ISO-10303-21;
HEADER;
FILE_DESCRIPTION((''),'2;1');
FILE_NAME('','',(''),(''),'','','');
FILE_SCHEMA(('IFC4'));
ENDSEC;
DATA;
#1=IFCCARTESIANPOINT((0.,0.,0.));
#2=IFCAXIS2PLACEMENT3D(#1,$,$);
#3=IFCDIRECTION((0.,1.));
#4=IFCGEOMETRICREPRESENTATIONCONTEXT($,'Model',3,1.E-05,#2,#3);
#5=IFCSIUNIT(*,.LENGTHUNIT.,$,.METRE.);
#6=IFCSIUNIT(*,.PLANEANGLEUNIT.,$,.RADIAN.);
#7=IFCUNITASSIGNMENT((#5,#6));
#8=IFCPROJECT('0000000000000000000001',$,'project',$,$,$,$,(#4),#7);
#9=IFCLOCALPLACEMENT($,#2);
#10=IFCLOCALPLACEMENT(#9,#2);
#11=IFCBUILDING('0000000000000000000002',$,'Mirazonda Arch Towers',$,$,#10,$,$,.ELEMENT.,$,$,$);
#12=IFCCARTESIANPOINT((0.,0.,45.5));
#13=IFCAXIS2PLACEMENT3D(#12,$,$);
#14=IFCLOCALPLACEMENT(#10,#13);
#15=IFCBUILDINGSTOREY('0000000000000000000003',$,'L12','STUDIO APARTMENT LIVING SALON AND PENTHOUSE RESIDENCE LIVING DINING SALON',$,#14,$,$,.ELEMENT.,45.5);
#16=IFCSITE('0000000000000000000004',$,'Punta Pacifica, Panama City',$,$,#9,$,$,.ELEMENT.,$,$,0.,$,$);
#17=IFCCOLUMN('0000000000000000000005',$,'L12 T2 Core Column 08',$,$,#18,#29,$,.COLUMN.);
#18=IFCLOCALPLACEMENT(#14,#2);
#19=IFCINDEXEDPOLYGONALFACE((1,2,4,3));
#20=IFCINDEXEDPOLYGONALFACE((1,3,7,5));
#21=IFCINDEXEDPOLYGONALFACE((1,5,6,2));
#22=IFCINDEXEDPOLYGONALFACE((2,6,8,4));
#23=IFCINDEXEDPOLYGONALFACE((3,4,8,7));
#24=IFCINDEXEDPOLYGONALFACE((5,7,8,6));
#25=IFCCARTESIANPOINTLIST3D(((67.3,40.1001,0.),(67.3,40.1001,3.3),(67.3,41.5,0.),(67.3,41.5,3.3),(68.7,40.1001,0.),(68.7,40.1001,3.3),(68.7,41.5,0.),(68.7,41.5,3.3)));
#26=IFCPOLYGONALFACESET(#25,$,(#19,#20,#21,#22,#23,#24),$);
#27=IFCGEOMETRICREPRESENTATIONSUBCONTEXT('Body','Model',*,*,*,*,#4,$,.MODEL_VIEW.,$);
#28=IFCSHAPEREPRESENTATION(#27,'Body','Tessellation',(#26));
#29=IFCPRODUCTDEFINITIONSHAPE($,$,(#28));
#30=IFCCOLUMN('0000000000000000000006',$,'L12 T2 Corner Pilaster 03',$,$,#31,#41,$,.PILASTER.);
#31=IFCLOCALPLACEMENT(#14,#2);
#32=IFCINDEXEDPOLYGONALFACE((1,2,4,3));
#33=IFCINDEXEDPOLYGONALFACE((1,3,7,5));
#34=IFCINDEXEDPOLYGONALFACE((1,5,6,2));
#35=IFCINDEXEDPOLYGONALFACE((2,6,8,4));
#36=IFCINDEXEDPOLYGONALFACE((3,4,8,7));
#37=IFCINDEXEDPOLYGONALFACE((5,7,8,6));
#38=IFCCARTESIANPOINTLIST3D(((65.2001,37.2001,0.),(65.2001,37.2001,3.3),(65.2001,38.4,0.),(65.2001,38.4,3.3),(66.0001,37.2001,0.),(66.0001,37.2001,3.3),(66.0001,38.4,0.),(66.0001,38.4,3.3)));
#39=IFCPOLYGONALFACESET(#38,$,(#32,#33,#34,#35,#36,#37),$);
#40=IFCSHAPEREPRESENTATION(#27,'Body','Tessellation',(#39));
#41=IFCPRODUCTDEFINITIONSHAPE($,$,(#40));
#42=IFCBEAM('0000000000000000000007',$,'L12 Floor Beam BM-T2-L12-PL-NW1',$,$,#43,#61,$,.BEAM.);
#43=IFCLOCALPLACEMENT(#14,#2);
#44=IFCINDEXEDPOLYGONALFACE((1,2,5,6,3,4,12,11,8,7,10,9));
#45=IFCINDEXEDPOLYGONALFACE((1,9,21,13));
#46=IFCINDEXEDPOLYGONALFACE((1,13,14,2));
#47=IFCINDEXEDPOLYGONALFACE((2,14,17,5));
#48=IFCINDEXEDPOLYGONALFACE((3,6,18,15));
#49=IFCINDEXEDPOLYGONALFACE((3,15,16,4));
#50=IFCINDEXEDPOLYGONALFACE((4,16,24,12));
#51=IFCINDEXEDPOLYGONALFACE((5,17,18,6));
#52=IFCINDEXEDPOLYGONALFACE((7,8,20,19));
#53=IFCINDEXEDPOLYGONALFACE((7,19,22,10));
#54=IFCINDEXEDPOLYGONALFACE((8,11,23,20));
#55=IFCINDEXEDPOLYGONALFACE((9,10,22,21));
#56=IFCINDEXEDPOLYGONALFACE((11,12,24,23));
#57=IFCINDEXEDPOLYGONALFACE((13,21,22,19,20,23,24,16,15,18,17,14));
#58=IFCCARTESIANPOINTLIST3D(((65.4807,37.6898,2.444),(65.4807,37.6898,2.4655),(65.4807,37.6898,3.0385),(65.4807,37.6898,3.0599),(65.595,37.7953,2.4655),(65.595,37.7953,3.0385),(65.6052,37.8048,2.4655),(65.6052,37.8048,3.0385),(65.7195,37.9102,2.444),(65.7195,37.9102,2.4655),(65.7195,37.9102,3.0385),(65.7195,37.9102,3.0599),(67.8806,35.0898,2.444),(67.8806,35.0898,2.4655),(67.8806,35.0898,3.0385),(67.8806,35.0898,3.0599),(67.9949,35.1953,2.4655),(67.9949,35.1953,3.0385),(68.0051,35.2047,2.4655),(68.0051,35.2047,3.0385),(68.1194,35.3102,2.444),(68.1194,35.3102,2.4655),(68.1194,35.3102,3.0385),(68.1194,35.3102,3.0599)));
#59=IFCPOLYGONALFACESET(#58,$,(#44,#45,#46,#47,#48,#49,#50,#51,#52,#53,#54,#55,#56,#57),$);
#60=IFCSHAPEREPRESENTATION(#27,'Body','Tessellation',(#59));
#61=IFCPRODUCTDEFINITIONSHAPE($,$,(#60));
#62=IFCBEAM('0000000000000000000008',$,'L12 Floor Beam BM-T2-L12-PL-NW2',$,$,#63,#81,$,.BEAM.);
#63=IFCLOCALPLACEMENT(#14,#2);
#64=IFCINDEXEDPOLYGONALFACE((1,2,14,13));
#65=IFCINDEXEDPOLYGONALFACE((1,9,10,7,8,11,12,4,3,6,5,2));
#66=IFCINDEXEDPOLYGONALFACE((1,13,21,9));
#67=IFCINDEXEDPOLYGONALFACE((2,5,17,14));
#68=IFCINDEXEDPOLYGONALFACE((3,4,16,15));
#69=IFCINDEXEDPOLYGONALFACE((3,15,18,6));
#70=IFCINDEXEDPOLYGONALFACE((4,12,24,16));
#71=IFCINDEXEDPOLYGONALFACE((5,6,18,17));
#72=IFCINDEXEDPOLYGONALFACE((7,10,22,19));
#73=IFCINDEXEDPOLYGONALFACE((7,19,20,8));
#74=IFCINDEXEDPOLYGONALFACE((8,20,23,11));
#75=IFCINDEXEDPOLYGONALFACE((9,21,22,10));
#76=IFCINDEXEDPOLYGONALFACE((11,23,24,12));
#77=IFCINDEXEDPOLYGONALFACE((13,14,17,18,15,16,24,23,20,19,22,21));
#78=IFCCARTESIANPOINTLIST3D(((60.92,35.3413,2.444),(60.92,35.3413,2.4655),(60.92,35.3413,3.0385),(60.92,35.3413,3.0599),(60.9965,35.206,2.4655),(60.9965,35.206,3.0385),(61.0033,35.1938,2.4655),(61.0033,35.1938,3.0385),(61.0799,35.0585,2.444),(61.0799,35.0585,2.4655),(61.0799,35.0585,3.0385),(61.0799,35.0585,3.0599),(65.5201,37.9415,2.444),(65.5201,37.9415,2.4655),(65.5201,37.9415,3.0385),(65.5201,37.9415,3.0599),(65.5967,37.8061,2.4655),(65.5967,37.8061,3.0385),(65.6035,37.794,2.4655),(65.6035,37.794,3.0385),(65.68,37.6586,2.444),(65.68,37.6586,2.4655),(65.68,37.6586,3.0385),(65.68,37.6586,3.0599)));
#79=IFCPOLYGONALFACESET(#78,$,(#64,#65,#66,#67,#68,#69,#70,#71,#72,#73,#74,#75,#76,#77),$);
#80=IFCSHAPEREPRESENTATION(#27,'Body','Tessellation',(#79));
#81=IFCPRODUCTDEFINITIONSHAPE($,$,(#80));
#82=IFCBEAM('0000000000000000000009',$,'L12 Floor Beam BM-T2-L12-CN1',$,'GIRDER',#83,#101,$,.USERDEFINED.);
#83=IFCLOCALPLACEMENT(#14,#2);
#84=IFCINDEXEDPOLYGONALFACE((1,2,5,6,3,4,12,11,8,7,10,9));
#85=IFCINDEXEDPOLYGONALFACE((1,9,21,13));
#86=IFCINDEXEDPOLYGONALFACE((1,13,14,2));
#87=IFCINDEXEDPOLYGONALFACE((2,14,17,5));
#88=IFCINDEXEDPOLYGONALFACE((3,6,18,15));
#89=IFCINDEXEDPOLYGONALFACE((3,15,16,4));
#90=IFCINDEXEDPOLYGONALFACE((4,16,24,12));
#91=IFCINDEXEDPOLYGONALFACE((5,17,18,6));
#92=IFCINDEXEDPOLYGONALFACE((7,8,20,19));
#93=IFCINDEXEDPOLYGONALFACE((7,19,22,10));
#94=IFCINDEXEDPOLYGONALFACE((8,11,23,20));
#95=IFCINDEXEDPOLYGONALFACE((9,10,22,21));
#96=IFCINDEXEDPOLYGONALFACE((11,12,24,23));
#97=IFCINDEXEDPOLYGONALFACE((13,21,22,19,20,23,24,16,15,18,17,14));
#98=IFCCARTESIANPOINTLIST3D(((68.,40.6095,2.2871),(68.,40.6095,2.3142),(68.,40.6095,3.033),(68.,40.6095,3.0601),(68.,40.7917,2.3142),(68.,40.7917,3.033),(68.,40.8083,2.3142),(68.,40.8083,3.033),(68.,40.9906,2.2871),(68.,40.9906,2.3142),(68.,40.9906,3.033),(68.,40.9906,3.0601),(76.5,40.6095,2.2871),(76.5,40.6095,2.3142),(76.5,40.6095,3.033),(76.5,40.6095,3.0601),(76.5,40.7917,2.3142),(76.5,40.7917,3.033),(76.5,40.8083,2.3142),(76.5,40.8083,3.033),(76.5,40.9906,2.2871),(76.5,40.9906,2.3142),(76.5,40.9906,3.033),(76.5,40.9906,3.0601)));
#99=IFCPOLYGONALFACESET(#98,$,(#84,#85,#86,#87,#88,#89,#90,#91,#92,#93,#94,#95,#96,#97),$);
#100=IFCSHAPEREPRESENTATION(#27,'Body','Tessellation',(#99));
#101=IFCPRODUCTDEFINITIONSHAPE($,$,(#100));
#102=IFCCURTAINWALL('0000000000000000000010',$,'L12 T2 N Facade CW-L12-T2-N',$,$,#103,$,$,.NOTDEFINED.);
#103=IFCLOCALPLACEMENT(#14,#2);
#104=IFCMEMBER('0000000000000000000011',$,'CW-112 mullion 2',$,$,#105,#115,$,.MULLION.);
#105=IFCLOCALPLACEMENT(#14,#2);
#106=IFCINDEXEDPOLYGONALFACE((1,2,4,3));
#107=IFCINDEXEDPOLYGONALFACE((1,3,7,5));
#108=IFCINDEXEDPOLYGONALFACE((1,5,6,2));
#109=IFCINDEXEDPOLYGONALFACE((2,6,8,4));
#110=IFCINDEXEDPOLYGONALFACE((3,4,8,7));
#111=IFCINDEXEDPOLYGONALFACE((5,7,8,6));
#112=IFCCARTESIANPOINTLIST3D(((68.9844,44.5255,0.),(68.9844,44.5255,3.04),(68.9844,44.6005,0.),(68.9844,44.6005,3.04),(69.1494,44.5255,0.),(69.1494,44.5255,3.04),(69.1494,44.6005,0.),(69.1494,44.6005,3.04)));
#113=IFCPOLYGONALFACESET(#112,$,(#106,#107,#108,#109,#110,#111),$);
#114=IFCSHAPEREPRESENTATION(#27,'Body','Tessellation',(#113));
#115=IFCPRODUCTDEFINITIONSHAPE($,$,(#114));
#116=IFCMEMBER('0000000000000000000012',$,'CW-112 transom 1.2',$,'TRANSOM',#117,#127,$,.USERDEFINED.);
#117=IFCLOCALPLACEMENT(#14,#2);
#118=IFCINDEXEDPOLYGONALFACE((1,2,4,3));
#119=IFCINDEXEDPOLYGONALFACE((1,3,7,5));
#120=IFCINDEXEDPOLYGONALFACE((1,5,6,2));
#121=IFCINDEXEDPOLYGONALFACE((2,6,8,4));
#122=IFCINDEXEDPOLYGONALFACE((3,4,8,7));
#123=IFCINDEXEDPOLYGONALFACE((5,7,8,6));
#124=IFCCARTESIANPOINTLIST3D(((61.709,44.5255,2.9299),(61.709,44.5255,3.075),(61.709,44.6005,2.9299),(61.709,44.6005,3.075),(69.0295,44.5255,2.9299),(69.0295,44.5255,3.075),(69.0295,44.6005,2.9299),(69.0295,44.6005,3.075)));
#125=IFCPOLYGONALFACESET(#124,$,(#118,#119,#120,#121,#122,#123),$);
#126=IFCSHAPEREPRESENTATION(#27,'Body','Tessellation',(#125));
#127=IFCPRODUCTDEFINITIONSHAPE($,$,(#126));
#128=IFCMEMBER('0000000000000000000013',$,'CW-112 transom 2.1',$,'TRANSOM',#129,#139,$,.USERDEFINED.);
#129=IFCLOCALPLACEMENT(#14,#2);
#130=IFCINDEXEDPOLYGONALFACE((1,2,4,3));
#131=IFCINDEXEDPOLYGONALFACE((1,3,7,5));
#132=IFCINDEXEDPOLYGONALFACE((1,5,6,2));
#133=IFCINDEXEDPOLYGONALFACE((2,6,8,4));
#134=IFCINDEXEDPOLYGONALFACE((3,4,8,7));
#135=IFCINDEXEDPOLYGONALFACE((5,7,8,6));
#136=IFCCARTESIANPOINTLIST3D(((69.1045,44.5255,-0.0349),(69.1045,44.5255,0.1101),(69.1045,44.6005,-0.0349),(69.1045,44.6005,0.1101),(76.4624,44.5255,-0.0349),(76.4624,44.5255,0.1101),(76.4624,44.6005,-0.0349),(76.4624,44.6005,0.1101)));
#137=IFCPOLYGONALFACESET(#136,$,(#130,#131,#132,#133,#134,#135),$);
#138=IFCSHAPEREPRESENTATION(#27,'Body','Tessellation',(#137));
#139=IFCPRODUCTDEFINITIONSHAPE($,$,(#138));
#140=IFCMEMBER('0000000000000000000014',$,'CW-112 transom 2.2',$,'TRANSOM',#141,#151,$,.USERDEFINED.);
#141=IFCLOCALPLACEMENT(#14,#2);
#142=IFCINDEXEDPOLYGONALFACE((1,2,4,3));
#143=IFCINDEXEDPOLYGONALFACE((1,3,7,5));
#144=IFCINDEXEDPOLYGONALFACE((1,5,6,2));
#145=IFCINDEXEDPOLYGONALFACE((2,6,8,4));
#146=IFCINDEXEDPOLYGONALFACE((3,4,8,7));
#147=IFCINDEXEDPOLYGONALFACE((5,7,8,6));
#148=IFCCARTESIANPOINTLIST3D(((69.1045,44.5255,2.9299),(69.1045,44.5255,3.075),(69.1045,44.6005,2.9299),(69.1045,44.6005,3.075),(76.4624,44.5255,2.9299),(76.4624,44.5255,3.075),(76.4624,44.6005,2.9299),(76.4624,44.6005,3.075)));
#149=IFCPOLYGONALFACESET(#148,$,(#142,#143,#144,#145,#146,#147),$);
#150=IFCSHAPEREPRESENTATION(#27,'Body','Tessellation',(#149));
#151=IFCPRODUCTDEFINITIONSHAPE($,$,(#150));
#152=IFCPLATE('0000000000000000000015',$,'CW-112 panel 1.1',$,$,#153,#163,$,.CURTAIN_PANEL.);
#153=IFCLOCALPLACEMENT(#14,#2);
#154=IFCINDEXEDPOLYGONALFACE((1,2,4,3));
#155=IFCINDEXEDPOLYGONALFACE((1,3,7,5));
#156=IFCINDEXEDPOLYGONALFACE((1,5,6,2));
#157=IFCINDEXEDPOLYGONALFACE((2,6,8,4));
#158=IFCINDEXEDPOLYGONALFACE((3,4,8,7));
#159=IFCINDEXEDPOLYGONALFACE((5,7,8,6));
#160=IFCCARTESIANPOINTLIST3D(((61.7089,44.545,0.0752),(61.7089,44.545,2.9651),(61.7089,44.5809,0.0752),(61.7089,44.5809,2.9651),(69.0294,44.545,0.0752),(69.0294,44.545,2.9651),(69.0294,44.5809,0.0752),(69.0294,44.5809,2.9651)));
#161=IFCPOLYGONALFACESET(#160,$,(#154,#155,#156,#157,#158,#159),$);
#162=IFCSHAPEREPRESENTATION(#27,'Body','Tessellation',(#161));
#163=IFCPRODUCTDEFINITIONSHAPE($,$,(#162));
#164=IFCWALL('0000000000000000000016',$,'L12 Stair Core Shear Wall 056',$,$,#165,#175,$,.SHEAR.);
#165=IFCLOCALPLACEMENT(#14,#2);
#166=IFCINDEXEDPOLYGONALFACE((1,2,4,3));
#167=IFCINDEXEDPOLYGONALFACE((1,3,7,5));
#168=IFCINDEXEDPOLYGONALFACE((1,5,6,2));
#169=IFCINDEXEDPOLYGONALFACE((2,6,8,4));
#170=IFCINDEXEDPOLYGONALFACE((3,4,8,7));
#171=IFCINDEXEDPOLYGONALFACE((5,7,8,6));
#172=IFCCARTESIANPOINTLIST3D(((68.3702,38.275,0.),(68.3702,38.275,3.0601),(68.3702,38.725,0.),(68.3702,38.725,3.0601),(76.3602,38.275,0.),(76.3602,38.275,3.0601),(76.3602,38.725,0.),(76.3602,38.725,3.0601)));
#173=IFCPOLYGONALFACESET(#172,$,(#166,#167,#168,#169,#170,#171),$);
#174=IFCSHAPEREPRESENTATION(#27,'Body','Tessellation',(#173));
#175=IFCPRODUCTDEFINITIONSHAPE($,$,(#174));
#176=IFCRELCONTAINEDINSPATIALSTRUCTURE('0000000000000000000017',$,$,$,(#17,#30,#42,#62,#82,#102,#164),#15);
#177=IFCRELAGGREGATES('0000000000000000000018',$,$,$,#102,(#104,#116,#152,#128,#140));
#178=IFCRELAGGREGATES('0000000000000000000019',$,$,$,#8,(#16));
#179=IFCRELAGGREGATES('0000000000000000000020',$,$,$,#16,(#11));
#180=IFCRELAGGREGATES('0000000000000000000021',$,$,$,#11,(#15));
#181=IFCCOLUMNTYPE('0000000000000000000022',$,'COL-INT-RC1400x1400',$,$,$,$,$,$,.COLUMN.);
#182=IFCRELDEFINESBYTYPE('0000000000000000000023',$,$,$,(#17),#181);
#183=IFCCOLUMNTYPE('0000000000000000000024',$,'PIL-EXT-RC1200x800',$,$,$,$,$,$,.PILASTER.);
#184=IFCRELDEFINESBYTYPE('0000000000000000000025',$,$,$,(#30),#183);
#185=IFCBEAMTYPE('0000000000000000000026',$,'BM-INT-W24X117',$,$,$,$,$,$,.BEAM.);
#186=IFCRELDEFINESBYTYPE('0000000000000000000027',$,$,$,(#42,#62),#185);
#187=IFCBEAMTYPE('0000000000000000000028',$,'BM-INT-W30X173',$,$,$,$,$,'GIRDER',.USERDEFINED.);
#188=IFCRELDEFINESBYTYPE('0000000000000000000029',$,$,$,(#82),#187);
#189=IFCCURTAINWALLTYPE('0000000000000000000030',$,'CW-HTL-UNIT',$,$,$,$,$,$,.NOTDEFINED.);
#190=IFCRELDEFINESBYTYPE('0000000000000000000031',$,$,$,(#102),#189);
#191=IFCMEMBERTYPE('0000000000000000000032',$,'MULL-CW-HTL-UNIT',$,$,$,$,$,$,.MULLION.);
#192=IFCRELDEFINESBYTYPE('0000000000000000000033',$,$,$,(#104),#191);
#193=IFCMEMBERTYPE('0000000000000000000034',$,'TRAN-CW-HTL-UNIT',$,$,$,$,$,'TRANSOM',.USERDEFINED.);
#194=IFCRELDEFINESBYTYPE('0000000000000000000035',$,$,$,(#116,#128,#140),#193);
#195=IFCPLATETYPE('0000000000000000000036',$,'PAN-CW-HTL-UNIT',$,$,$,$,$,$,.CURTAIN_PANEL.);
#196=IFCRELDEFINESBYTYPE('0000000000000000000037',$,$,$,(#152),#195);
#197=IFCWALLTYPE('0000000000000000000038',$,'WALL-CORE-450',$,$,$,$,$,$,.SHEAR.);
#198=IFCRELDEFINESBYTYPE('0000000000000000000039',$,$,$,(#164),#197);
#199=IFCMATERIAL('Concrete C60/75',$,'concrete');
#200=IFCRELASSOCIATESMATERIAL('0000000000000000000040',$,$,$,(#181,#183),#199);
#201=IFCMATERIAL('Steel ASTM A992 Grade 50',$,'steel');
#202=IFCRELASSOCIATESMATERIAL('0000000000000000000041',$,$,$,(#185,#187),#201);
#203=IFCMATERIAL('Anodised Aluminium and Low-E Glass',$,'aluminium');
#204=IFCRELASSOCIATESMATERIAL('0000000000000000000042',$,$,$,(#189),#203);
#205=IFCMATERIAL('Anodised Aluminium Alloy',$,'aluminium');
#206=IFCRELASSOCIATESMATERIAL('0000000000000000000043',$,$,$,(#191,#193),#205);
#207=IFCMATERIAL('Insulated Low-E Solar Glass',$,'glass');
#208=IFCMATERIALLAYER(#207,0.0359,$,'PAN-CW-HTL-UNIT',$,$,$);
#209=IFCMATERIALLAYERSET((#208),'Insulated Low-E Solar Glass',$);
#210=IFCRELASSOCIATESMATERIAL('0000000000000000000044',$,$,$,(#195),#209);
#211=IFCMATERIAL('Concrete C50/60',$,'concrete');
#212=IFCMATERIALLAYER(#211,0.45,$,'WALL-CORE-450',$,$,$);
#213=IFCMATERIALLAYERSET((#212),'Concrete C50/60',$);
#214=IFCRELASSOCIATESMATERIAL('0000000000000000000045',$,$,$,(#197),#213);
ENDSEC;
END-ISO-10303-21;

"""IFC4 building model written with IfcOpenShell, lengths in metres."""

from ifc_helpers import new_model, si_unit, direction, frame, frame_2d, origin, origin_2d, place, context, subcontext, project, spatial, rectangle, i_section, extrude, material, layer, layer_set, material_profile, profile_set, type_object, element, aggregate, save


model = new_model("IFC4")

# Units and contexts
model_context = context("Model", 3, precision=1e-05, world=origin(), true_north=direction((0.0, 1.0)))
body_context = subcontext(model_context, "Body", "Model", "MODEL_VIEW")
ifc_project = project(units=[si_unit("LENGTHUNIT", "METRE"), si_unit("PLANEANGLEUNIT", "RADIAN")], contexts=[model_context])

# Site, building, storey
site_placement = place(None, origin())
site = spatial("IfcSite", under=ifc_project, at=site_placement, Name="Punta Pacifica, Panama City", CompositionType="ELEMENT", RefElevation=0.0)
building_placement = place(site_placement, origin())
building = spatial("IfcBuilding", under=site, at=building_placement, Name="Mirazonda Arch Towers", CompositionType="ELEMENT")
storey_placement = place(building_placement, frame((0.0, 0.0, 45.5)))
storey = spatial("IfcBuildingStorey", under=building, at=storey_placement, Name="L12", Description="STUDIO APARTMENT LIVING SALON AND PENTHOUSE RESIDENCE LIVING DINING SALON", CompositionType="ELEMENT", Elevation=45.5)

# Columns
ifc_material_1 = material(Name="Concrete C60/75", Category="concrete")
ifc_material_profile_1 = material_profile(ifc_material_1, rectangle(XDim=1.3999, YDim=1.3999, at=origin_2d()), Name="RC1400x1400")
ifc_profile_set_1 = profile_set([ifc_material_profile_1], Name="Concrete C60/75")
column_type_1 = type_object("IfcColumnType", Name="COL-INT-RC1400x1400", PredefinedType="COLUMN", material=ifc_profile_set_1)
column_1_placement = place(storey_placement, frame((68.0, 40.8, 0.0), z_axis=(0.0, 0.0, 1.0), x_axis=(1.0, 0.0, 0.0)))
element("IfcColumn", 1, at=column_1_placement, inside=storey, type_object=column_type_1, Name="L12 T2 Core Column 08", PredefinedType="COLUMN", context=body_context, shape_type="SweptSolid", body=[
    extrude(rectangle(XDim=1.3999, YDim=1.3999, at=origin_2d()), origin(), (0.0, 0.0, 1.0), 3.3),
])
ifc_material_profile_2 = material_profile(ifc_material_1, rectangle(XDim=0.8, YDim=1.2, at=origin_2d()), Name="RC1200x800")
ifc_profile_set_2 = profile_set([ifc_material_profile_2], Name="Concrete C60/75")
column_type_2 = type_object("IfcColumnType", Name="PIL-EXT-RC1200x800", PredefinedType="PILASTER", material=ifc_profile_set_2)
column_2_placement = place(storey_placement, frame((65.6001, 37.8, 0.0), z_axis=(0.0, 0.0, 1.0), x_axis=(1.0, 0.0, 0.0)))
element("IfcColumn", 2, at=column_2_placement, inside=storey, type_object=column_type_2, Name="L12 T2 Corner Pilaster 03", PredefinedType="PILASTER", context=body_context, shape_type="SweptSolid", body=[
    extrude(rectangle(XDim=0.8, YDim=1.2, at=origin_2d()), origin(), (0.0, 0.0, 1.0), 3.3),
])

# Beams
ifc_material_2 = material(Name="Steel ASTM A992 Grade 50", Category="steel")
ifc_material_profile_3 = material_profile(ifc_material_2, i_section(OverallWidth=0.325, OverallDepth=0.616, WebThickness=0.0139, FlangeThickness=0.0215, at=origin_2d()), Name="W24X117")
ifc_profile_set_3 = profile_set([ifc_material_profile_3], Name="Steel ASTM A992 Grade 50")
beam_type_1 = type_object("IfcBeamType", Name="BM-INT-W24X117", PredefinedType="BEAM", material=ifc_profile_set_3)
beam_1_placement = place(storey_placement, frame((65.6001, 37.8, 2.752), z_axis=(0.678251, -0.73483, 0.0), x_axis=(0.73483, 0.678251, 0.0)))
element("IfcBeam", 3, at=beam_1_placement, inside=storey, type_object=beam_type_1, Name="L12 Floor Beam BM-T2-L12-PL-NW1", PredefinedType="BEAM", context=body_context, shape_type="SweptSolid", body=[
    extrude(i_section(OverallWidth=0.325, OverallDepth=0.616, WebThickness=0.0139, FlangeThickness=0.0215, at=origin_2d()), origin(), (0.0, 0.0, 1.0), 3.5383),
])
beam_2_placement = place(storey_placement, frame((65.6001, 37.8, 2.752), z_axis=(-0.870559, -0.492063, 0.0), x_axis=(0.492063, -0.870559, 0.0)))
element("IfcBeam", 4, at=beam_2_placement, inside=storey, type_object=beam_type_1, Name="L12 Floor Beam BM-T2-L12-PL-NW2", PredefinedType="BEAM", context=body_context, shape_type="SweptSolid", body=[
    extrude(i_section(OverallWidth=0.325, OverallDepth=0.616, WebThickness=0.0139, FlangeThickness=0.0215, at=origin_2d()), origin(), (0.0, 0.0, 1.0), 5.2842),
])
ifc_material_profile_4 = material_profile(ifc_material_2, i_section(OverallWidth=0.3811, OverallDepth=0.7729, WebThickness=0.0166, FlangeThickness=0.0271, at=origin_2d()), Name="W30X173")
ifc_profile_set_4 = profile_set([ifc_material_profile_4], Name="Steel ASTM A992 Grade 50")
beam_type_2 = type_object("IfcBeamType", Name="BM-INT-W30X173", ElementType="GIRDER", PredefinedType="USERDEFINED", material=ifc_profile_set_4)
beam_3_placement = place(storey_placement, frame((68.0, 40.8, 2.6736), z_axis=(1.0, 0.0, 0.0), x_axis=(0.0, 1.0, 0.0)))
element("IfcBeam", 5, at=beam_3_placement, inside=storey, type_object=beam_type_2, Name="L12 Floor Beam BM-T2-L12-CN1", ObjectType="GIRDER", PredefinedType="USERDEFINED", context=body_context, shape_type="SweptSolid", body=[
    extrude(i_section(OverallWidth=0.3811, OverallDepth=0.7729, WebThickness=0.0166, FlangeThickness=0.0271, at=origin_2d()), origin(), (0.0, 0.0, 1.0), 8.5),
])

# Curtain wall, members, plate
ifc_material_3 = material(Name="Anodised Aluminium and Low-E Glass", Category="aluminium")
curtain_wall_type = type_object("IfcCurtainWallType", Name="CW-HTL-UNIT", PredefinedType="NOTDEFINED", material=ifc_material_3)
curtain_wall_placement = place(storey_placement, origin())
curtain_wall = element("IfcCurtainWall", 6, at=curtain_wall_placement, inside=storey, type_object=curtain_wall_type, Name="L12 T2 N Facade CW-L12-T2-N", PredefinedType="NOTDEFINED")
ifc_material_4 = material(Name="Anodised Aluminium Alloy", Category="aluminium")
ifc_material_profile_5 = material_profile(ifc_material_4, rectangle(XDim=0.075, YDim=0.165, at=origin_2d()), Name="ALU-MULL-75x165")
ifc_profile_set_5 = profile_set([ifc_material_profile_5], Name="Anodised Aluminium Alloy")
member_type_1 = type_object("IfcMemberType", Name="MULL-CW-HTL-UNIT", PredefinedType="MULLION", material=ifc_profile_set_5)
member_1_placement = place(storey_placement, frame((69.0669, 44.563, 0.0), z_axis=(0.0, 0.0, 1.0), x_axis=(0.0, 1.0, 0.0)))
member_1 = element("IfcMember", 7, at=member_1_placement, type_object=member_type_1, Name="CW-112 mullion 2", PredefinedType="MULLION", context=body_context, shape_type="SweptSolid", body=[
    extrude(rectangle(XDim=0.075, YDim=0.165, at=origin_2d()), origin(), (0.0, 0.0, 1.0), 3.04),
])
ifc_material_profile_6 = material_profile(ifc_material_4, rectangle(XDim=0.075, YDim=0.145, at=origin_2d()), Name="ALU-TRAN-75x145")
ifc_profile_set_6 = profile_set([ifc_material_profile_6], Name="Anodised Aluminium Alloy")
member_type_2 = type_object("IfcMemberType", Name="TRAN-CW-HTL-UNIT", ElementType="TRANSOM", PredefinedType="USERDEFINED", material=ifc_profile_set_6)
member_2_placement = place(storey_placement, frame((61.709, 44.563, 3.0024), z_axis=(1.0, 0.0, 0.0), x_axis=(0.0, 1.0, 0.0)))
member_2 = element("IfcMember", 8, at=member_2_placement, type_object=member_type_2, Name="CW-112 transom 1.2", ObjectType="TRANSOM", PredefinedType="USERDEFINED", context=body_context, shape_type="SweptSolid", body=[
    extrude(rectangle(XDim=0.075, YDim=0.145, at=origin_2d()), origin(), (0.0, 0.0, 1.0), 7.3206),
])
member_3_placement = place(storey_placement, frame((69.1045, 44.563, 0.0376), z_axis=(1.0, 0.0, 0.0), x_axis=(0.0, 1.0, 0.0)))
member_3 = element("IfcMember", 9, at=member_3_placement, type_object=member_type_2, Name="CW-112 transom 2.1", ObjectType="TRANSOM", PredefinedType="USERDEFINED", context=body_context, shape_type="SweptSolid", body=[
    extrude(rectangle(XDim=0.075, YDim=0.145, at=origin_2d()), origin(), (0.0, 0.0, 1.0), 7.3579),
])
member_4_placement = place(storey_placement, frame((69.1045, 44.563, 3.0024), z_axis=(1.0, 0.0, 0.0), x_axis=(0.0, 1.0, 0.0)))
member_4 = element("IfcMember", 10, at=member_4_placement, type_object=member_type_2, Name="CW-112 transom 2.2", ObjectType="TRANSOM", PredefinedType="USERDEFINED", context=body_context, shape_type="SweptSolid", body=[
    extrude(rectangle(XDim=0.075, YDim=0.145, at=origin_2d()), origin(), (0.0, 0.0, 1.0), 7.3579),
])
ifc_material_5 = material(Name="Insulated Low-E Solar Glass", Category="glass")
ifc_layer_1 = layer(ifc_material_5, 0.0359, Name="PAN-CW-HTL-UNIT")
ifc_layer_set_1 = layer_set([ifc_layer_1], Name="Insulated Low-E Solar Glass")
plate_type = type_object("IfcPlateType", Name="PAN-CW-HTL-UNIT", PredefinedType="CURTAIN_PANEL", material=ifc_layer_set_1)
plate_placement = place(storey_placement, frame((65.3691, 44.563, 0.0752), z_axis=(0.0, 0.0, 1.0), x_axis=(1.0, 0.0, 0.0)))
plate = element("IfcPlate", 11, at=plate_placement, type_object=plate_type, Name="CW-112 panel 1.1", PredefinedType="CURTAIN_PANEL", context=body_context, shape_type="SweptSolid", body=[
    extrude(rectangle(XDim=7.3206, YDim=0.0359, at=origin_2d()), origin(), (0.0, 0.0, 1.0), 2.8899),
])
aggregate(curtain_wall, [member_1, member_2, plate, member_3, member_4])

# Wall
ifc_material_6 = material(Name="Concrete C50/60", Category="concrete")
ifc_layer_2 = layer(ifc_material_6, 0.45, Name="WALL-CORE-450")
ifc_layer_set_2 = layer_set([ifc_layer_2], Name="Concrete C50/60")
wall_type_1 = type_object("IfcWallType", Name="WALL-CORE-450", PredefinedType="SHEAR", material=ifc_layer_set_2)
wall_1_placement = place(storey_placement, frame((68.3701, 38.5, 0.0), z_axis=(0.0, 0.0, 1.0), x_axis=(1.0, 0.0, 0.0)))
element("IfcWall", 12, at=wall_1_placement, inside=storey, type_object=wall_type_1, Name="L12 Stair Core Shear Wall 056", PredefinedType="SHEAR", context=body_context, shape_type="SweptSolid", body=[
    extrude(rectangle(XDim=7.99, YDim=0.45, at=frame_2d((3.9951, 0.0))), origin(), (0.0, 0.0, 1.0), 3.0601),
])

save(model, "model.ifc")
